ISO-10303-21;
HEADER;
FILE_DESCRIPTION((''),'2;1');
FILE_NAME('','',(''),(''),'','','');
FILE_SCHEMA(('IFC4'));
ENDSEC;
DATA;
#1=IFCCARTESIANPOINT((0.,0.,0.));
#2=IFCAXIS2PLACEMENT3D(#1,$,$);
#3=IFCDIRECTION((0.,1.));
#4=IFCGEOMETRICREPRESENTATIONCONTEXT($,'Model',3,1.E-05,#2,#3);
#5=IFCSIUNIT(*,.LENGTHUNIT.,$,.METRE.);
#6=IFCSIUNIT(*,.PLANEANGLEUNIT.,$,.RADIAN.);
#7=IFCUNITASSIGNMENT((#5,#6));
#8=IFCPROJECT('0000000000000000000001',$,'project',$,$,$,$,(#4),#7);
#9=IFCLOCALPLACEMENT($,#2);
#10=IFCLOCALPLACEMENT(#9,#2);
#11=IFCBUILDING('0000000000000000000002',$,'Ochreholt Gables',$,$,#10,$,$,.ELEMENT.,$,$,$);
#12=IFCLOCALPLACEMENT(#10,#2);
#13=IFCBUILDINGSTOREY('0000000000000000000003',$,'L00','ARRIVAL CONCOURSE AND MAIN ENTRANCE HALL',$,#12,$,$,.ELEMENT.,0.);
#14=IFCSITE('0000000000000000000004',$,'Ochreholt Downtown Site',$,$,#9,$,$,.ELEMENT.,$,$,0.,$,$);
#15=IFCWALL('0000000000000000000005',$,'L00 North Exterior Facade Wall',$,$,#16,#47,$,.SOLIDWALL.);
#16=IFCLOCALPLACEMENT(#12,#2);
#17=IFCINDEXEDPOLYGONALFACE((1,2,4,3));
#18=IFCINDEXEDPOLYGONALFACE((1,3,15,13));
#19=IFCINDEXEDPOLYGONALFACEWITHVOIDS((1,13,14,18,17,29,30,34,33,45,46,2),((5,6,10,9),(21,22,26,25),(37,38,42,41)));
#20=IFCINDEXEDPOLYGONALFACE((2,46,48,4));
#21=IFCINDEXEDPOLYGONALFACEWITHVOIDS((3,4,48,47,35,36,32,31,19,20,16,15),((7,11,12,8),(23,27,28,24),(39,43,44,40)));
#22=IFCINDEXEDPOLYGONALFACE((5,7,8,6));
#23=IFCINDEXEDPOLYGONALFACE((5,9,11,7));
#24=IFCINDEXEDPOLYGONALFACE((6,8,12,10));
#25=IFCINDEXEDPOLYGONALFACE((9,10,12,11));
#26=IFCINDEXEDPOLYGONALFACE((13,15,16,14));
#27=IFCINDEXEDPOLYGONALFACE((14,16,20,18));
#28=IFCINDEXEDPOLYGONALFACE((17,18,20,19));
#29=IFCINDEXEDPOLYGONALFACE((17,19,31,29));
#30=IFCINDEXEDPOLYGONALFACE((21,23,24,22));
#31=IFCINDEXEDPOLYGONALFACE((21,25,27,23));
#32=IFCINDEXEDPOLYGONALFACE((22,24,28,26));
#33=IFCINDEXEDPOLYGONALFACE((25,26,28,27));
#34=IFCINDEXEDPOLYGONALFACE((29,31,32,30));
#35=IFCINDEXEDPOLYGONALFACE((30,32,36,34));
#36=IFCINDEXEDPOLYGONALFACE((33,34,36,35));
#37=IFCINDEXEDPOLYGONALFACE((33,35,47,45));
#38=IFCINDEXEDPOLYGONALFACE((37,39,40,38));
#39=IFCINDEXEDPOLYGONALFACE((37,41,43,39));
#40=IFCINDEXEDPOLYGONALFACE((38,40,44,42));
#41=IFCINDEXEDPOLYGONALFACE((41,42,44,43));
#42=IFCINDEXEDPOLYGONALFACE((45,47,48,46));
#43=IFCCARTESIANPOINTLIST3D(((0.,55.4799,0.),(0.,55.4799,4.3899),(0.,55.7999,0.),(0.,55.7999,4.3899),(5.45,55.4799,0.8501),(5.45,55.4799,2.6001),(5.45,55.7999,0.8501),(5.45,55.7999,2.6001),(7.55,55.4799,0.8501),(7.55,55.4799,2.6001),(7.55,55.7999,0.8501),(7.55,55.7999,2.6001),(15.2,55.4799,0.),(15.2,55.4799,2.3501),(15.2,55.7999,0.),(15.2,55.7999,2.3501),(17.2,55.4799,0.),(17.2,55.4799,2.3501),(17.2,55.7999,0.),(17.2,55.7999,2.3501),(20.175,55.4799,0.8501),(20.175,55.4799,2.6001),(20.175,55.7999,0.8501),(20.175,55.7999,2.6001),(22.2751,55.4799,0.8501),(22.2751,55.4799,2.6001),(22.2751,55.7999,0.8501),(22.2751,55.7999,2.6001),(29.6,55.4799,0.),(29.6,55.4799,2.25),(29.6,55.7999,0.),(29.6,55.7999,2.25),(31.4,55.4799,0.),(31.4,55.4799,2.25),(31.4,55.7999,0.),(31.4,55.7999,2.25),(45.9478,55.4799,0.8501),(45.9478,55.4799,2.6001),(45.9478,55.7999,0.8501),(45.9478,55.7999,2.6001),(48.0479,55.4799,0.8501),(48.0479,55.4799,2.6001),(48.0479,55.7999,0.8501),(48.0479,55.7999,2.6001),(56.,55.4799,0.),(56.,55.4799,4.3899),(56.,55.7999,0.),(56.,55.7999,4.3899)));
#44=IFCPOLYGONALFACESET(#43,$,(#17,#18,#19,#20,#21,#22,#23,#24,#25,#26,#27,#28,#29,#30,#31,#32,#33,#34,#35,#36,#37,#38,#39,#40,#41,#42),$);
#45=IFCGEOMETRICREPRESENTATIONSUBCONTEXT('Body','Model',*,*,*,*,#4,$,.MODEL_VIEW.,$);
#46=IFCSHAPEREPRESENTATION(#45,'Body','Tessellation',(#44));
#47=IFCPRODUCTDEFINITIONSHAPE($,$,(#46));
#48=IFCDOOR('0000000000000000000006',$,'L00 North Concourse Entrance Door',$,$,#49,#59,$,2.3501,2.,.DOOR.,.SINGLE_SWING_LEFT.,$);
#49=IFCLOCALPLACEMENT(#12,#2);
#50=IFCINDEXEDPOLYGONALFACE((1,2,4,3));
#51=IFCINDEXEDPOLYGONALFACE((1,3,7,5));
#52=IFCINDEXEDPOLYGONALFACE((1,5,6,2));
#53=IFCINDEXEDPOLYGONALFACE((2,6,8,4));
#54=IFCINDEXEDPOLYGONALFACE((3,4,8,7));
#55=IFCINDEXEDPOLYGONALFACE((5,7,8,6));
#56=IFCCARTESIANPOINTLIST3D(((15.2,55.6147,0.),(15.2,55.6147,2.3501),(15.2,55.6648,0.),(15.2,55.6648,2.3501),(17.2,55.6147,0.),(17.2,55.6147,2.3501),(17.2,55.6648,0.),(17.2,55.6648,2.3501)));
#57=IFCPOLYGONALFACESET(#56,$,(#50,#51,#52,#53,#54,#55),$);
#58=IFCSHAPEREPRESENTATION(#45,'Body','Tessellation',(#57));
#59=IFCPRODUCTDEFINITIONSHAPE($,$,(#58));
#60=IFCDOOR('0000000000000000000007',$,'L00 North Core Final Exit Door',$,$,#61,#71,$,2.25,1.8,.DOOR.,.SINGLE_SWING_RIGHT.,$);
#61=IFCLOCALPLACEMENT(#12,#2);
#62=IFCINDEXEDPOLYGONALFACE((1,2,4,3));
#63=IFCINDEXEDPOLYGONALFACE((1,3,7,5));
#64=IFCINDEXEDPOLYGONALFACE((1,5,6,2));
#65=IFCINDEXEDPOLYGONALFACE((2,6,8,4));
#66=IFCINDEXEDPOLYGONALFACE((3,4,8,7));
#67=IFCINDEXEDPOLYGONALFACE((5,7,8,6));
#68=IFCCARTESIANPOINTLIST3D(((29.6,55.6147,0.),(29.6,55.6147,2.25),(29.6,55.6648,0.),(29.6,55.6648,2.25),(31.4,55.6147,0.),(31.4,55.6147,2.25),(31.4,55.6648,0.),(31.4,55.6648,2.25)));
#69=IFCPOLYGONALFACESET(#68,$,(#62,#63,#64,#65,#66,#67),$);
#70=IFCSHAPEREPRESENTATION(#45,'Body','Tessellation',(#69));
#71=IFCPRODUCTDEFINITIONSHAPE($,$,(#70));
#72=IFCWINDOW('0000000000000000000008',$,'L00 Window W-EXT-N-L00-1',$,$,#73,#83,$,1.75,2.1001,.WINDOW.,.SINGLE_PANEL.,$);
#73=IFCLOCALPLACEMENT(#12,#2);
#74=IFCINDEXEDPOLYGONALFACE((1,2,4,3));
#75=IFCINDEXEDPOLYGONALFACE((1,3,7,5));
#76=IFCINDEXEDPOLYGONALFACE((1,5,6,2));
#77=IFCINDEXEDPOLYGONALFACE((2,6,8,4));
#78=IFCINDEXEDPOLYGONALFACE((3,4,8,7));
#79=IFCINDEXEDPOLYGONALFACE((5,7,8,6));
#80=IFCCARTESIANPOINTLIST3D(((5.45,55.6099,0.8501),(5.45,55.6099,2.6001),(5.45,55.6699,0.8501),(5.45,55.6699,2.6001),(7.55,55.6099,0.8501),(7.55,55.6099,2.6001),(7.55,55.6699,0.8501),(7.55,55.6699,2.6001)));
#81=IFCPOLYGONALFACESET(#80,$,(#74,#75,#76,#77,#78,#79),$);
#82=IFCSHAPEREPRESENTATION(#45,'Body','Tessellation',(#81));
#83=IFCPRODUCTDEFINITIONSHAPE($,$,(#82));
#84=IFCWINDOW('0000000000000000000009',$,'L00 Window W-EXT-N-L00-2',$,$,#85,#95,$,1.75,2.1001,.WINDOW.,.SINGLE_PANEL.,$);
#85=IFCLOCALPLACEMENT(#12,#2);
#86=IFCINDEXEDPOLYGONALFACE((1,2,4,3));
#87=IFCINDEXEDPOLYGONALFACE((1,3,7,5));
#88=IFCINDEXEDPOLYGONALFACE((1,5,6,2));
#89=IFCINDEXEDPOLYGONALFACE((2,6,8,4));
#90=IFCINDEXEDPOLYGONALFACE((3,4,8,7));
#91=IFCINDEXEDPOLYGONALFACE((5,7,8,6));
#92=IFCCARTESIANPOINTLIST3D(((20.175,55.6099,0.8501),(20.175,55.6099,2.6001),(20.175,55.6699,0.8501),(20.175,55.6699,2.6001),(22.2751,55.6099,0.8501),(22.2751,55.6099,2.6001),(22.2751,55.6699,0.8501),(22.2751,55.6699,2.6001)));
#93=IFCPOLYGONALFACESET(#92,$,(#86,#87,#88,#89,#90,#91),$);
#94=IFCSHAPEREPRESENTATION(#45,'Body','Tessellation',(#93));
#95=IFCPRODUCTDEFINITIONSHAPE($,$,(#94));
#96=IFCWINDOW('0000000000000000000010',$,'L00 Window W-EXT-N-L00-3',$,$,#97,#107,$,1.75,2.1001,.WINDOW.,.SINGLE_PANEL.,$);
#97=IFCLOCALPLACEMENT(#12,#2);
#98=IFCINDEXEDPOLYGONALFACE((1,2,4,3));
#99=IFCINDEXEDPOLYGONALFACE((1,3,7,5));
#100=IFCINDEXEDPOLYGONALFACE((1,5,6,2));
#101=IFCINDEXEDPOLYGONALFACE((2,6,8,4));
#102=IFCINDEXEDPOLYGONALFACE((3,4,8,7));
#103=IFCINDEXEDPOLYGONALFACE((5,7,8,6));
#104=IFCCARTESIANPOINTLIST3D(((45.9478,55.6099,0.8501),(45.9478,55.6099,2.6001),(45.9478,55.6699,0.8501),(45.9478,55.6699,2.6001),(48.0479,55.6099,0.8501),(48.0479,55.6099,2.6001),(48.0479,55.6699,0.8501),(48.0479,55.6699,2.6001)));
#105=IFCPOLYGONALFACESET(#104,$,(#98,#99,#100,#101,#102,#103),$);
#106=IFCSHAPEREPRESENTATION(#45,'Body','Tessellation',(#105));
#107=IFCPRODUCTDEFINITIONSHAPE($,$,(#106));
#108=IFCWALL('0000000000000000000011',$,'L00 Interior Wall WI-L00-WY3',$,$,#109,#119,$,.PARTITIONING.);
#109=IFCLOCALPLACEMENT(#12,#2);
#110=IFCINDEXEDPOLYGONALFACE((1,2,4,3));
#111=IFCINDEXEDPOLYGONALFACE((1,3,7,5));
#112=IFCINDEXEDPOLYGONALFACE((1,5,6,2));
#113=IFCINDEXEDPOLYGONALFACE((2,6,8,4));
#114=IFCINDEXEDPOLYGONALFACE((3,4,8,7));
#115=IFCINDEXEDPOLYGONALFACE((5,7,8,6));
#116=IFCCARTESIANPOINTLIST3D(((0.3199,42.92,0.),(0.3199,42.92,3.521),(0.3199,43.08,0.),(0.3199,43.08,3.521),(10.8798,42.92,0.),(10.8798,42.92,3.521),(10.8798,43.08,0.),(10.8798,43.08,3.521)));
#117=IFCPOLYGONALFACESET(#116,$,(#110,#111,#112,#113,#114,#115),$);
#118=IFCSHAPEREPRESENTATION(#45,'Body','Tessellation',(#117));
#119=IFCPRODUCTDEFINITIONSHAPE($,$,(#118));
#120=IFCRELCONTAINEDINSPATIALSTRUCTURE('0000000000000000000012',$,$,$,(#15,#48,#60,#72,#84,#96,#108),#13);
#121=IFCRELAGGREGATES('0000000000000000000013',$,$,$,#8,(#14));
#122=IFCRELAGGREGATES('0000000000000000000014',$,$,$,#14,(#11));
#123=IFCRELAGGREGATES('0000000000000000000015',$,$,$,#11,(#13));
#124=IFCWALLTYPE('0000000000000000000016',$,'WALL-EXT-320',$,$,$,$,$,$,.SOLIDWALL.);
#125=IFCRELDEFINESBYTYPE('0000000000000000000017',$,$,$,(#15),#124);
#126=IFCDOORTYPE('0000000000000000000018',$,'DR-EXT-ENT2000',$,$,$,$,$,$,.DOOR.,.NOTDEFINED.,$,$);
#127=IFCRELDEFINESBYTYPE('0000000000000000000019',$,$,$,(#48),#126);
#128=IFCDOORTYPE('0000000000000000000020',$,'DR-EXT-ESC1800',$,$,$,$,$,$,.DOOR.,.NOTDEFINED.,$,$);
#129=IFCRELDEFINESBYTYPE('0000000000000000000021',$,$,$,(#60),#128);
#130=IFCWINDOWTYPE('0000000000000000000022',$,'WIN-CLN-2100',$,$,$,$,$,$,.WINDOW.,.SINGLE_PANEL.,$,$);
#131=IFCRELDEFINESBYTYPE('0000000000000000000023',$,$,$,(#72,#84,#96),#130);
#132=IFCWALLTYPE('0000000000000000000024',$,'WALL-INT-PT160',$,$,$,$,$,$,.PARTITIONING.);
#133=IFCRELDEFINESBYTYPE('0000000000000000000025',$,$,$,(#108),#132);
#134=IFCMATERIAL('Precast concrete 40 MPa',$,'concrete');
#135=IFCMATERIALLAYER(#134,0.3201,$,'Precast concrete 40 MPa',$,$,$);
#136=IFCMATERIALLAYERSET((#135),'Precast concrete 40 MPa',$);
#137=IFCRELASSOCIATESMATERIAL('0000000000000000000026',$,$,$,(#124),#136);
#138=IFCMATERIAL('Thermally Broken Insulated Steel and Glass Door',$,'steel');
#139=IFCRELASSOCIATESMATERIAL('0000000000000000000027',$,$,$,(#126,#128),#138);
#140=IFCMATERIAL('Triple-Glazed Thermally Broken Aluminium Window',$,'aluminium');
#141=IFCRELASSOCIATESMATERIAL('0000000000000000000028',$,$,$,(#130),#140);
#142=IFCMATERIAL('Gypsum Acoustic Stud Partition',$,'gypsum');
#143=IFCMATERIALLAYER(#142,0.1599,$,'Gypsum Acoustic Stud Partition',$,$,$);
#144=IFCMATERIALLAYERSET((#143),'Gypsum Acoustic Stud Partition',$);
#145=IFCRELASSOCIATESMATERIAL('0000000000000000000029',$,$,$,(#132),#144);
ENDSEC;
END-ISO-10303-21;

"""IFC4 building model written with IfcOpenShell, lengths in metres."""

from ifc_helpers import new_model, si_unit, direction, frame, frame_2d, origin, place, context, subcontext, project, spatial, rectangle, extrude, material, layer, layer_set, type_object, element, fill, save


model = new_model("IFC4")

# Units and contexts
model_context = context("Model", 3, precision=1e-05, world=origin(), true_north=direction((0.0, 1.0)))
body_context = subcontext(model_context, "Body", "Model", "MODEL_VIEW")
ifc_project = project(units=[si_unit("LENGTHUNIT", "METRE"), si_unit("PLANEANGLEUNIT", "RADIAN")], contexts=[model_context])

# Site, building, storey
site_placement = place(None, origin())
site = spatial("IfcSite", under=ifc_project, at=site_placement, Name="Ochreholt Downtown Site", CompositionType="ELEMENT", RefElevation=0.0)
building_placement = place(site_placement, origin())
building = spatial("IfcBuilding", under=site, at=building_placement, Name="Ochreholt Gables", CompositionType="ELEMENT")
storey_placement = place(building_placement, origin())
storey = spatial("IfcBuildingStorey", under=building, at=storey_placement, Name="L00", Description="ARRIVAL CONCOURSE AND MAIN ENTRANCE HALL", CompositionType="ELEMENT", Elevation=0.0)

# Wall, openings, doors, windows
ifc_material_1 = material(Name="Precast concrete 40 MPa", Category="concrete")
ifc_layer_1 = layer(ifc_material_1, 0.3201, Name="Precast concrete 40 MPa")
ifc_layer_set_1 = layer_set([ifc_layer_1], Name="Precast concrete 40 MPa")
wall_type_1 = type_object("IfcWallType", Name="WALL-EXT-320", PredefinedType="SOLIDWALL", material=ifc_layer_set_1)
wall_1_placement = place(storey_placement, frame((0.0, 55.6399, 0.0), z_axis=(0.0, 0.0, 1.0), x_axis=(1.0, 0.0, 0.0)))
wall_1 = element("IfcWall", 1, at=wall_1_placement, inside=storey, type_object=wall_type_1, Name="L00 North Exterior Facade Wall", PredefinedType="SOLIDWALL", context=body_context, shape_type="SweptSolid", body=[
    extrude(rectangle(XDim=56.0, YDim=0.3201, at=frame_2d((28.0, 0.0))), origin(), (0.0, 0.0, 1.0), 4.3899),
])
opening_1_placement = place(wall_1_placement, frame((29.6001, 0.0, 0.0)))
opening_1 = element("IfcOpeningElement", 2, at=opening_1_placement, cuts=wall_1, PredefinedType="OPENING", context=body_context, shape_type="SweptSolid", body=[
    extrude(rectangle(XDim=1.8, YDim=2.25, at=frame_2d((0.8999, 1.125))), frame((0.0, 0.1699, 0.0), z_axis=(0.0, -1.0, 0.0), x_axis=(1.0, 0.0, 0.0)), (0.0, 0.0, 1.0), 0.3401),
])
opening_2_placement = place(wall_1_placement, frame((15.2, 0.0, 0.0)))
opening_2 = element("IfcOpeningElement", 3, at=opening_2_placement, cuts=wall_1, PredefinedType="OPENING", context=body_context, shape_type="SweptSolid", body=[
    extrude(rectangle(XDim=2.0, YDim=2.3501, at=frame_2d((1.0, 1.175))), frame((0.0, 0.1699, 0.0), z_axis=(0.0, -1.0, 0.0), x_axis=(1.0, 0.0, 0.0)), (0.0, 0.0, 1.0), 0.3401),
])
opening_3_placement = place(wall_1_placement, frame((5.45, 0.0, 0.8501)))
opening_3 = element("IfcOpeningElement", 4, at=opening_3_placement, cuts=wall_1, PredefinedType="OPENING", context=body_context, shape_type="SweptSolid", body=[
    extrude(rectangle(XDim=2.1001, YDim=1.75, at=frame_2d((1.05, 0.875))), frame((0.0, 0.1699, 0.0), z_axis=(0.0, -1.0, 0.0), x_axis=(1.0, 0.0, 0.0)), (0.0, 0.0, 1.0), 0.3401),
])
opening_4_placement = place(wall_1_placement, frame((20.175, 0.0, 0.8501)))
opening_4 = element("IfcOpeningElement", 5, at=opening_4_placement, cuts=wall_1, PredefinedType="OPENING", context=body_context, shape_type="SweptSolid", body=[
    extrude(rectangle(XDim=2.1001, YDim=1.75, at=frame_2d((1.05, 0.875))), frame((0.0, 0.1699, 0.0), z_axis=(0.0, -1.0, 0.0), x_axis=(1.0, 0.0, 0.0)), (0.0, 0.0, 1.0), 0.3401),
])
opening_5_placement = place(wall_1_placement, frame((45.9478, 0.0, 0.8501)))
opening_5 = element("IfcOpeningElement", 6, at=opening_5_placement, cuts=wall_1, PredefinedType="OPENING", context=body_context, shape_type="SweptSolid", body=[
    extrude(rectangle(XDim=2.1001, YDim=1.75, at=frame_2d((1.05, 0.875))), frame((0.0, 0.1699, 0.0), z_axis=(0.0, -1.0, 0.0), x_axis=(1.0, 0.0, 0.0)), (0.0, 0.0, 1.0), 0.3401),
])
ifc_material_2 = material(Name="Thermally Broken Insulated Steel and Glass Door", Category="steel")
door_type_1 = type_object("IfcDoorType", Name="DR-EXT-ENT2000", OperationType="NOTDEFINED", PredefinedType="DOOR", material=ifc_material_2)
door_1_placement = place(opening_2_placement, origin())
door_1 = element("IfcDoor", 7, at=door_1_placement, inside=storey, type_object=door_type_1, Name="L00 North Concourse Entrance Door", OperationType="SINGLE_SWING_LEFT", OverallHeight=2.3501, OverallWidth=2.0, PredefinedType="DOOR", context=body_context, shape_type="SweptSolid", body=[
    extrude(rectangle(XDim=2.0, YDim=2.3501, at=frame_2d((1.0, 1.175))), frame((0.0, 0.0249, 0.0), z_axis=(0.0, -1.0, 0.0), x_axis=(1.0, 0.0, 0.0)), (0.0, 0.0, 1.0), 0.05),
])
fill(opening_2, door_1)
door_type_2 = type_object("IfcDoorType", Name="DR-EXT-ESC1800", OperationType="NOTDEFINED", PredefinedType="DOOR", material=ifc_material_2)
door_2_placement = place(opening_1_placement, origin())
door_2 = element("IfcDoor", 8, at=door_2_placement, inside=storey, type_object=door_type_2, Name="L00 North Core Final Exit Door", OperationType="SINGLE_SWING_RIGHT", OverallHeight=2.25, OverallWidth=1.8, PredefinedType="DOOR", context=body_context, shape_type="SweptSolid", body=[
    extrude(rectangle(XDim=1.8, YDim=2.25, at=frame_2d((0.8999, 1.125))), frame((0.0, 0.0249, 0.0), z_axis=(0.0, -1.0, 0.0), x_axis=(1.0, 0.0, 0.0)), (0.0, 0.0, 1.0), 0.05),
])
fill(opening_1, door_2)
ifc_material_3 = material(Name="Triple-Glazed Thermally Broken Aluminium Window", Category="aluminium")
window_type = type_object("IfcWindowType", Name="WIN-CLN-2100", PartitioningType="SINGLE_PANEL", PredefinedType="WINDOW", material=ifc_material_3)
window_1_placement = place(opening_3_placement, origin())
window_1 = element("IfcWindow", 9, at=window_1_placement, inside=storey, type_object=window_type, Name="L00 Window W-EXT-N-L00-1", OverallHeight=1.75, OverallWidth=2.1001, PartitioningType="SINGLE_PANEL", PredefinedType="WINDOW", context=body_context, shape_type="SweptSolid", body=[
    extrude(rectangle(XDim=2.1001, YDim=1.75, at=frame_2d((1.05, 0.875))), frame((0.0, 0.03, 0.0), z_axis=(0.0, -1.0, 0.0), x_axis=(1.0, 0.0, 0.0)), (0.0, 0.0, 1.0), 0.0601),
])
fill(opening_3, window_1)
window_2_placement = place(opening_4_placement, origin())
window_2 = element("IfcWindow", 10, at=window_2_placement, inside=storey, type_object=window_type, Name="L00 Window W-EXT-N-L00-2", OverallHeight=1.75, OverallWidth=2.1001, PartitioningType="SINGLE_PANEL", PredefinedType="WINDOW", context=body_context, shape_type="SweptSolid", body=[
    extrude(rectangle(XDim=2.1001, YDim=1.75, at=frame_2d((1.05, 0.875))), frame((0.0, 0.03, 0.0), z_axis=(0.0, -1.0, 0.0), x_axis=(1.0, 0.0, 0.0)), (0.0, 0.0, 1.0), 0.0601),
])
fill(opening_4, window_2)
window_3_placement = place(opening_5_placement, origin())
window_3 = element("IfcWindow", 11, at=window_3_placement, inside=storey, type_object=window_type, Name="L00 Window W-EXT-N-L00-3", OverallHeight=1.75, OverallWidth=2.1001, PartitioningType="SINGLE_PANEL", PredefinedType="WINDOW", context=body_context, shape_type="SweptSolid", body=[
    extrude(rectangle(XDim=2.1001, YDim=1.75, at=frame_2d((1.05, 0.875))), frame((0.0, 0.03, 0.0), z_axis=(0.0, -1.0, 0.0), x_axis=(1.0, 0.0, 0.0)), (0.0, 0.0, 1.0), 0.0601),
])
fill(opening_5, window_3)

# Wall
ifc_material_4 = material(Name="Gypsum Acoustic Stud Partition", Category="gypsum")
ifc_layer_2 = layer(ifc_material_4, 0.1599, Name="Gypsum Acoustic Stud Partition")
ifc_layer_set_2 = layer_set([ifc_layer_2], Name="Gypsum Acoustic Stud Partition")
wall_type_2 = type_object("IfcWallType", Name="WALL-INT-PT160", PredefinedType="PARTITIONING", material=ifc_layer_set_2)
wall_2_placement = place(storey_placement, frame((0.3201, 43.0, 0.0), z_axis=(0.0, 0.0, 1.0), x_axis=(1.0, 0.0, 0.0)))
element("IfcWall", 12, at=wall_2_placement, inside=storey, type_object=wall_type_2, Name="L00 Interior Wall WI-L00-WY3", PredefinedType="PARTITIONING", context=body_context, shape_type="SweptSolid", body=[
    extrude(rectangle(XDim=10.5598, YDim=0.1599, at=frame_2d((5.2798, 0.0))), origin(), (0.0, 0.0, 1.0), 3.521),
])

save(model, "model.ifc")
